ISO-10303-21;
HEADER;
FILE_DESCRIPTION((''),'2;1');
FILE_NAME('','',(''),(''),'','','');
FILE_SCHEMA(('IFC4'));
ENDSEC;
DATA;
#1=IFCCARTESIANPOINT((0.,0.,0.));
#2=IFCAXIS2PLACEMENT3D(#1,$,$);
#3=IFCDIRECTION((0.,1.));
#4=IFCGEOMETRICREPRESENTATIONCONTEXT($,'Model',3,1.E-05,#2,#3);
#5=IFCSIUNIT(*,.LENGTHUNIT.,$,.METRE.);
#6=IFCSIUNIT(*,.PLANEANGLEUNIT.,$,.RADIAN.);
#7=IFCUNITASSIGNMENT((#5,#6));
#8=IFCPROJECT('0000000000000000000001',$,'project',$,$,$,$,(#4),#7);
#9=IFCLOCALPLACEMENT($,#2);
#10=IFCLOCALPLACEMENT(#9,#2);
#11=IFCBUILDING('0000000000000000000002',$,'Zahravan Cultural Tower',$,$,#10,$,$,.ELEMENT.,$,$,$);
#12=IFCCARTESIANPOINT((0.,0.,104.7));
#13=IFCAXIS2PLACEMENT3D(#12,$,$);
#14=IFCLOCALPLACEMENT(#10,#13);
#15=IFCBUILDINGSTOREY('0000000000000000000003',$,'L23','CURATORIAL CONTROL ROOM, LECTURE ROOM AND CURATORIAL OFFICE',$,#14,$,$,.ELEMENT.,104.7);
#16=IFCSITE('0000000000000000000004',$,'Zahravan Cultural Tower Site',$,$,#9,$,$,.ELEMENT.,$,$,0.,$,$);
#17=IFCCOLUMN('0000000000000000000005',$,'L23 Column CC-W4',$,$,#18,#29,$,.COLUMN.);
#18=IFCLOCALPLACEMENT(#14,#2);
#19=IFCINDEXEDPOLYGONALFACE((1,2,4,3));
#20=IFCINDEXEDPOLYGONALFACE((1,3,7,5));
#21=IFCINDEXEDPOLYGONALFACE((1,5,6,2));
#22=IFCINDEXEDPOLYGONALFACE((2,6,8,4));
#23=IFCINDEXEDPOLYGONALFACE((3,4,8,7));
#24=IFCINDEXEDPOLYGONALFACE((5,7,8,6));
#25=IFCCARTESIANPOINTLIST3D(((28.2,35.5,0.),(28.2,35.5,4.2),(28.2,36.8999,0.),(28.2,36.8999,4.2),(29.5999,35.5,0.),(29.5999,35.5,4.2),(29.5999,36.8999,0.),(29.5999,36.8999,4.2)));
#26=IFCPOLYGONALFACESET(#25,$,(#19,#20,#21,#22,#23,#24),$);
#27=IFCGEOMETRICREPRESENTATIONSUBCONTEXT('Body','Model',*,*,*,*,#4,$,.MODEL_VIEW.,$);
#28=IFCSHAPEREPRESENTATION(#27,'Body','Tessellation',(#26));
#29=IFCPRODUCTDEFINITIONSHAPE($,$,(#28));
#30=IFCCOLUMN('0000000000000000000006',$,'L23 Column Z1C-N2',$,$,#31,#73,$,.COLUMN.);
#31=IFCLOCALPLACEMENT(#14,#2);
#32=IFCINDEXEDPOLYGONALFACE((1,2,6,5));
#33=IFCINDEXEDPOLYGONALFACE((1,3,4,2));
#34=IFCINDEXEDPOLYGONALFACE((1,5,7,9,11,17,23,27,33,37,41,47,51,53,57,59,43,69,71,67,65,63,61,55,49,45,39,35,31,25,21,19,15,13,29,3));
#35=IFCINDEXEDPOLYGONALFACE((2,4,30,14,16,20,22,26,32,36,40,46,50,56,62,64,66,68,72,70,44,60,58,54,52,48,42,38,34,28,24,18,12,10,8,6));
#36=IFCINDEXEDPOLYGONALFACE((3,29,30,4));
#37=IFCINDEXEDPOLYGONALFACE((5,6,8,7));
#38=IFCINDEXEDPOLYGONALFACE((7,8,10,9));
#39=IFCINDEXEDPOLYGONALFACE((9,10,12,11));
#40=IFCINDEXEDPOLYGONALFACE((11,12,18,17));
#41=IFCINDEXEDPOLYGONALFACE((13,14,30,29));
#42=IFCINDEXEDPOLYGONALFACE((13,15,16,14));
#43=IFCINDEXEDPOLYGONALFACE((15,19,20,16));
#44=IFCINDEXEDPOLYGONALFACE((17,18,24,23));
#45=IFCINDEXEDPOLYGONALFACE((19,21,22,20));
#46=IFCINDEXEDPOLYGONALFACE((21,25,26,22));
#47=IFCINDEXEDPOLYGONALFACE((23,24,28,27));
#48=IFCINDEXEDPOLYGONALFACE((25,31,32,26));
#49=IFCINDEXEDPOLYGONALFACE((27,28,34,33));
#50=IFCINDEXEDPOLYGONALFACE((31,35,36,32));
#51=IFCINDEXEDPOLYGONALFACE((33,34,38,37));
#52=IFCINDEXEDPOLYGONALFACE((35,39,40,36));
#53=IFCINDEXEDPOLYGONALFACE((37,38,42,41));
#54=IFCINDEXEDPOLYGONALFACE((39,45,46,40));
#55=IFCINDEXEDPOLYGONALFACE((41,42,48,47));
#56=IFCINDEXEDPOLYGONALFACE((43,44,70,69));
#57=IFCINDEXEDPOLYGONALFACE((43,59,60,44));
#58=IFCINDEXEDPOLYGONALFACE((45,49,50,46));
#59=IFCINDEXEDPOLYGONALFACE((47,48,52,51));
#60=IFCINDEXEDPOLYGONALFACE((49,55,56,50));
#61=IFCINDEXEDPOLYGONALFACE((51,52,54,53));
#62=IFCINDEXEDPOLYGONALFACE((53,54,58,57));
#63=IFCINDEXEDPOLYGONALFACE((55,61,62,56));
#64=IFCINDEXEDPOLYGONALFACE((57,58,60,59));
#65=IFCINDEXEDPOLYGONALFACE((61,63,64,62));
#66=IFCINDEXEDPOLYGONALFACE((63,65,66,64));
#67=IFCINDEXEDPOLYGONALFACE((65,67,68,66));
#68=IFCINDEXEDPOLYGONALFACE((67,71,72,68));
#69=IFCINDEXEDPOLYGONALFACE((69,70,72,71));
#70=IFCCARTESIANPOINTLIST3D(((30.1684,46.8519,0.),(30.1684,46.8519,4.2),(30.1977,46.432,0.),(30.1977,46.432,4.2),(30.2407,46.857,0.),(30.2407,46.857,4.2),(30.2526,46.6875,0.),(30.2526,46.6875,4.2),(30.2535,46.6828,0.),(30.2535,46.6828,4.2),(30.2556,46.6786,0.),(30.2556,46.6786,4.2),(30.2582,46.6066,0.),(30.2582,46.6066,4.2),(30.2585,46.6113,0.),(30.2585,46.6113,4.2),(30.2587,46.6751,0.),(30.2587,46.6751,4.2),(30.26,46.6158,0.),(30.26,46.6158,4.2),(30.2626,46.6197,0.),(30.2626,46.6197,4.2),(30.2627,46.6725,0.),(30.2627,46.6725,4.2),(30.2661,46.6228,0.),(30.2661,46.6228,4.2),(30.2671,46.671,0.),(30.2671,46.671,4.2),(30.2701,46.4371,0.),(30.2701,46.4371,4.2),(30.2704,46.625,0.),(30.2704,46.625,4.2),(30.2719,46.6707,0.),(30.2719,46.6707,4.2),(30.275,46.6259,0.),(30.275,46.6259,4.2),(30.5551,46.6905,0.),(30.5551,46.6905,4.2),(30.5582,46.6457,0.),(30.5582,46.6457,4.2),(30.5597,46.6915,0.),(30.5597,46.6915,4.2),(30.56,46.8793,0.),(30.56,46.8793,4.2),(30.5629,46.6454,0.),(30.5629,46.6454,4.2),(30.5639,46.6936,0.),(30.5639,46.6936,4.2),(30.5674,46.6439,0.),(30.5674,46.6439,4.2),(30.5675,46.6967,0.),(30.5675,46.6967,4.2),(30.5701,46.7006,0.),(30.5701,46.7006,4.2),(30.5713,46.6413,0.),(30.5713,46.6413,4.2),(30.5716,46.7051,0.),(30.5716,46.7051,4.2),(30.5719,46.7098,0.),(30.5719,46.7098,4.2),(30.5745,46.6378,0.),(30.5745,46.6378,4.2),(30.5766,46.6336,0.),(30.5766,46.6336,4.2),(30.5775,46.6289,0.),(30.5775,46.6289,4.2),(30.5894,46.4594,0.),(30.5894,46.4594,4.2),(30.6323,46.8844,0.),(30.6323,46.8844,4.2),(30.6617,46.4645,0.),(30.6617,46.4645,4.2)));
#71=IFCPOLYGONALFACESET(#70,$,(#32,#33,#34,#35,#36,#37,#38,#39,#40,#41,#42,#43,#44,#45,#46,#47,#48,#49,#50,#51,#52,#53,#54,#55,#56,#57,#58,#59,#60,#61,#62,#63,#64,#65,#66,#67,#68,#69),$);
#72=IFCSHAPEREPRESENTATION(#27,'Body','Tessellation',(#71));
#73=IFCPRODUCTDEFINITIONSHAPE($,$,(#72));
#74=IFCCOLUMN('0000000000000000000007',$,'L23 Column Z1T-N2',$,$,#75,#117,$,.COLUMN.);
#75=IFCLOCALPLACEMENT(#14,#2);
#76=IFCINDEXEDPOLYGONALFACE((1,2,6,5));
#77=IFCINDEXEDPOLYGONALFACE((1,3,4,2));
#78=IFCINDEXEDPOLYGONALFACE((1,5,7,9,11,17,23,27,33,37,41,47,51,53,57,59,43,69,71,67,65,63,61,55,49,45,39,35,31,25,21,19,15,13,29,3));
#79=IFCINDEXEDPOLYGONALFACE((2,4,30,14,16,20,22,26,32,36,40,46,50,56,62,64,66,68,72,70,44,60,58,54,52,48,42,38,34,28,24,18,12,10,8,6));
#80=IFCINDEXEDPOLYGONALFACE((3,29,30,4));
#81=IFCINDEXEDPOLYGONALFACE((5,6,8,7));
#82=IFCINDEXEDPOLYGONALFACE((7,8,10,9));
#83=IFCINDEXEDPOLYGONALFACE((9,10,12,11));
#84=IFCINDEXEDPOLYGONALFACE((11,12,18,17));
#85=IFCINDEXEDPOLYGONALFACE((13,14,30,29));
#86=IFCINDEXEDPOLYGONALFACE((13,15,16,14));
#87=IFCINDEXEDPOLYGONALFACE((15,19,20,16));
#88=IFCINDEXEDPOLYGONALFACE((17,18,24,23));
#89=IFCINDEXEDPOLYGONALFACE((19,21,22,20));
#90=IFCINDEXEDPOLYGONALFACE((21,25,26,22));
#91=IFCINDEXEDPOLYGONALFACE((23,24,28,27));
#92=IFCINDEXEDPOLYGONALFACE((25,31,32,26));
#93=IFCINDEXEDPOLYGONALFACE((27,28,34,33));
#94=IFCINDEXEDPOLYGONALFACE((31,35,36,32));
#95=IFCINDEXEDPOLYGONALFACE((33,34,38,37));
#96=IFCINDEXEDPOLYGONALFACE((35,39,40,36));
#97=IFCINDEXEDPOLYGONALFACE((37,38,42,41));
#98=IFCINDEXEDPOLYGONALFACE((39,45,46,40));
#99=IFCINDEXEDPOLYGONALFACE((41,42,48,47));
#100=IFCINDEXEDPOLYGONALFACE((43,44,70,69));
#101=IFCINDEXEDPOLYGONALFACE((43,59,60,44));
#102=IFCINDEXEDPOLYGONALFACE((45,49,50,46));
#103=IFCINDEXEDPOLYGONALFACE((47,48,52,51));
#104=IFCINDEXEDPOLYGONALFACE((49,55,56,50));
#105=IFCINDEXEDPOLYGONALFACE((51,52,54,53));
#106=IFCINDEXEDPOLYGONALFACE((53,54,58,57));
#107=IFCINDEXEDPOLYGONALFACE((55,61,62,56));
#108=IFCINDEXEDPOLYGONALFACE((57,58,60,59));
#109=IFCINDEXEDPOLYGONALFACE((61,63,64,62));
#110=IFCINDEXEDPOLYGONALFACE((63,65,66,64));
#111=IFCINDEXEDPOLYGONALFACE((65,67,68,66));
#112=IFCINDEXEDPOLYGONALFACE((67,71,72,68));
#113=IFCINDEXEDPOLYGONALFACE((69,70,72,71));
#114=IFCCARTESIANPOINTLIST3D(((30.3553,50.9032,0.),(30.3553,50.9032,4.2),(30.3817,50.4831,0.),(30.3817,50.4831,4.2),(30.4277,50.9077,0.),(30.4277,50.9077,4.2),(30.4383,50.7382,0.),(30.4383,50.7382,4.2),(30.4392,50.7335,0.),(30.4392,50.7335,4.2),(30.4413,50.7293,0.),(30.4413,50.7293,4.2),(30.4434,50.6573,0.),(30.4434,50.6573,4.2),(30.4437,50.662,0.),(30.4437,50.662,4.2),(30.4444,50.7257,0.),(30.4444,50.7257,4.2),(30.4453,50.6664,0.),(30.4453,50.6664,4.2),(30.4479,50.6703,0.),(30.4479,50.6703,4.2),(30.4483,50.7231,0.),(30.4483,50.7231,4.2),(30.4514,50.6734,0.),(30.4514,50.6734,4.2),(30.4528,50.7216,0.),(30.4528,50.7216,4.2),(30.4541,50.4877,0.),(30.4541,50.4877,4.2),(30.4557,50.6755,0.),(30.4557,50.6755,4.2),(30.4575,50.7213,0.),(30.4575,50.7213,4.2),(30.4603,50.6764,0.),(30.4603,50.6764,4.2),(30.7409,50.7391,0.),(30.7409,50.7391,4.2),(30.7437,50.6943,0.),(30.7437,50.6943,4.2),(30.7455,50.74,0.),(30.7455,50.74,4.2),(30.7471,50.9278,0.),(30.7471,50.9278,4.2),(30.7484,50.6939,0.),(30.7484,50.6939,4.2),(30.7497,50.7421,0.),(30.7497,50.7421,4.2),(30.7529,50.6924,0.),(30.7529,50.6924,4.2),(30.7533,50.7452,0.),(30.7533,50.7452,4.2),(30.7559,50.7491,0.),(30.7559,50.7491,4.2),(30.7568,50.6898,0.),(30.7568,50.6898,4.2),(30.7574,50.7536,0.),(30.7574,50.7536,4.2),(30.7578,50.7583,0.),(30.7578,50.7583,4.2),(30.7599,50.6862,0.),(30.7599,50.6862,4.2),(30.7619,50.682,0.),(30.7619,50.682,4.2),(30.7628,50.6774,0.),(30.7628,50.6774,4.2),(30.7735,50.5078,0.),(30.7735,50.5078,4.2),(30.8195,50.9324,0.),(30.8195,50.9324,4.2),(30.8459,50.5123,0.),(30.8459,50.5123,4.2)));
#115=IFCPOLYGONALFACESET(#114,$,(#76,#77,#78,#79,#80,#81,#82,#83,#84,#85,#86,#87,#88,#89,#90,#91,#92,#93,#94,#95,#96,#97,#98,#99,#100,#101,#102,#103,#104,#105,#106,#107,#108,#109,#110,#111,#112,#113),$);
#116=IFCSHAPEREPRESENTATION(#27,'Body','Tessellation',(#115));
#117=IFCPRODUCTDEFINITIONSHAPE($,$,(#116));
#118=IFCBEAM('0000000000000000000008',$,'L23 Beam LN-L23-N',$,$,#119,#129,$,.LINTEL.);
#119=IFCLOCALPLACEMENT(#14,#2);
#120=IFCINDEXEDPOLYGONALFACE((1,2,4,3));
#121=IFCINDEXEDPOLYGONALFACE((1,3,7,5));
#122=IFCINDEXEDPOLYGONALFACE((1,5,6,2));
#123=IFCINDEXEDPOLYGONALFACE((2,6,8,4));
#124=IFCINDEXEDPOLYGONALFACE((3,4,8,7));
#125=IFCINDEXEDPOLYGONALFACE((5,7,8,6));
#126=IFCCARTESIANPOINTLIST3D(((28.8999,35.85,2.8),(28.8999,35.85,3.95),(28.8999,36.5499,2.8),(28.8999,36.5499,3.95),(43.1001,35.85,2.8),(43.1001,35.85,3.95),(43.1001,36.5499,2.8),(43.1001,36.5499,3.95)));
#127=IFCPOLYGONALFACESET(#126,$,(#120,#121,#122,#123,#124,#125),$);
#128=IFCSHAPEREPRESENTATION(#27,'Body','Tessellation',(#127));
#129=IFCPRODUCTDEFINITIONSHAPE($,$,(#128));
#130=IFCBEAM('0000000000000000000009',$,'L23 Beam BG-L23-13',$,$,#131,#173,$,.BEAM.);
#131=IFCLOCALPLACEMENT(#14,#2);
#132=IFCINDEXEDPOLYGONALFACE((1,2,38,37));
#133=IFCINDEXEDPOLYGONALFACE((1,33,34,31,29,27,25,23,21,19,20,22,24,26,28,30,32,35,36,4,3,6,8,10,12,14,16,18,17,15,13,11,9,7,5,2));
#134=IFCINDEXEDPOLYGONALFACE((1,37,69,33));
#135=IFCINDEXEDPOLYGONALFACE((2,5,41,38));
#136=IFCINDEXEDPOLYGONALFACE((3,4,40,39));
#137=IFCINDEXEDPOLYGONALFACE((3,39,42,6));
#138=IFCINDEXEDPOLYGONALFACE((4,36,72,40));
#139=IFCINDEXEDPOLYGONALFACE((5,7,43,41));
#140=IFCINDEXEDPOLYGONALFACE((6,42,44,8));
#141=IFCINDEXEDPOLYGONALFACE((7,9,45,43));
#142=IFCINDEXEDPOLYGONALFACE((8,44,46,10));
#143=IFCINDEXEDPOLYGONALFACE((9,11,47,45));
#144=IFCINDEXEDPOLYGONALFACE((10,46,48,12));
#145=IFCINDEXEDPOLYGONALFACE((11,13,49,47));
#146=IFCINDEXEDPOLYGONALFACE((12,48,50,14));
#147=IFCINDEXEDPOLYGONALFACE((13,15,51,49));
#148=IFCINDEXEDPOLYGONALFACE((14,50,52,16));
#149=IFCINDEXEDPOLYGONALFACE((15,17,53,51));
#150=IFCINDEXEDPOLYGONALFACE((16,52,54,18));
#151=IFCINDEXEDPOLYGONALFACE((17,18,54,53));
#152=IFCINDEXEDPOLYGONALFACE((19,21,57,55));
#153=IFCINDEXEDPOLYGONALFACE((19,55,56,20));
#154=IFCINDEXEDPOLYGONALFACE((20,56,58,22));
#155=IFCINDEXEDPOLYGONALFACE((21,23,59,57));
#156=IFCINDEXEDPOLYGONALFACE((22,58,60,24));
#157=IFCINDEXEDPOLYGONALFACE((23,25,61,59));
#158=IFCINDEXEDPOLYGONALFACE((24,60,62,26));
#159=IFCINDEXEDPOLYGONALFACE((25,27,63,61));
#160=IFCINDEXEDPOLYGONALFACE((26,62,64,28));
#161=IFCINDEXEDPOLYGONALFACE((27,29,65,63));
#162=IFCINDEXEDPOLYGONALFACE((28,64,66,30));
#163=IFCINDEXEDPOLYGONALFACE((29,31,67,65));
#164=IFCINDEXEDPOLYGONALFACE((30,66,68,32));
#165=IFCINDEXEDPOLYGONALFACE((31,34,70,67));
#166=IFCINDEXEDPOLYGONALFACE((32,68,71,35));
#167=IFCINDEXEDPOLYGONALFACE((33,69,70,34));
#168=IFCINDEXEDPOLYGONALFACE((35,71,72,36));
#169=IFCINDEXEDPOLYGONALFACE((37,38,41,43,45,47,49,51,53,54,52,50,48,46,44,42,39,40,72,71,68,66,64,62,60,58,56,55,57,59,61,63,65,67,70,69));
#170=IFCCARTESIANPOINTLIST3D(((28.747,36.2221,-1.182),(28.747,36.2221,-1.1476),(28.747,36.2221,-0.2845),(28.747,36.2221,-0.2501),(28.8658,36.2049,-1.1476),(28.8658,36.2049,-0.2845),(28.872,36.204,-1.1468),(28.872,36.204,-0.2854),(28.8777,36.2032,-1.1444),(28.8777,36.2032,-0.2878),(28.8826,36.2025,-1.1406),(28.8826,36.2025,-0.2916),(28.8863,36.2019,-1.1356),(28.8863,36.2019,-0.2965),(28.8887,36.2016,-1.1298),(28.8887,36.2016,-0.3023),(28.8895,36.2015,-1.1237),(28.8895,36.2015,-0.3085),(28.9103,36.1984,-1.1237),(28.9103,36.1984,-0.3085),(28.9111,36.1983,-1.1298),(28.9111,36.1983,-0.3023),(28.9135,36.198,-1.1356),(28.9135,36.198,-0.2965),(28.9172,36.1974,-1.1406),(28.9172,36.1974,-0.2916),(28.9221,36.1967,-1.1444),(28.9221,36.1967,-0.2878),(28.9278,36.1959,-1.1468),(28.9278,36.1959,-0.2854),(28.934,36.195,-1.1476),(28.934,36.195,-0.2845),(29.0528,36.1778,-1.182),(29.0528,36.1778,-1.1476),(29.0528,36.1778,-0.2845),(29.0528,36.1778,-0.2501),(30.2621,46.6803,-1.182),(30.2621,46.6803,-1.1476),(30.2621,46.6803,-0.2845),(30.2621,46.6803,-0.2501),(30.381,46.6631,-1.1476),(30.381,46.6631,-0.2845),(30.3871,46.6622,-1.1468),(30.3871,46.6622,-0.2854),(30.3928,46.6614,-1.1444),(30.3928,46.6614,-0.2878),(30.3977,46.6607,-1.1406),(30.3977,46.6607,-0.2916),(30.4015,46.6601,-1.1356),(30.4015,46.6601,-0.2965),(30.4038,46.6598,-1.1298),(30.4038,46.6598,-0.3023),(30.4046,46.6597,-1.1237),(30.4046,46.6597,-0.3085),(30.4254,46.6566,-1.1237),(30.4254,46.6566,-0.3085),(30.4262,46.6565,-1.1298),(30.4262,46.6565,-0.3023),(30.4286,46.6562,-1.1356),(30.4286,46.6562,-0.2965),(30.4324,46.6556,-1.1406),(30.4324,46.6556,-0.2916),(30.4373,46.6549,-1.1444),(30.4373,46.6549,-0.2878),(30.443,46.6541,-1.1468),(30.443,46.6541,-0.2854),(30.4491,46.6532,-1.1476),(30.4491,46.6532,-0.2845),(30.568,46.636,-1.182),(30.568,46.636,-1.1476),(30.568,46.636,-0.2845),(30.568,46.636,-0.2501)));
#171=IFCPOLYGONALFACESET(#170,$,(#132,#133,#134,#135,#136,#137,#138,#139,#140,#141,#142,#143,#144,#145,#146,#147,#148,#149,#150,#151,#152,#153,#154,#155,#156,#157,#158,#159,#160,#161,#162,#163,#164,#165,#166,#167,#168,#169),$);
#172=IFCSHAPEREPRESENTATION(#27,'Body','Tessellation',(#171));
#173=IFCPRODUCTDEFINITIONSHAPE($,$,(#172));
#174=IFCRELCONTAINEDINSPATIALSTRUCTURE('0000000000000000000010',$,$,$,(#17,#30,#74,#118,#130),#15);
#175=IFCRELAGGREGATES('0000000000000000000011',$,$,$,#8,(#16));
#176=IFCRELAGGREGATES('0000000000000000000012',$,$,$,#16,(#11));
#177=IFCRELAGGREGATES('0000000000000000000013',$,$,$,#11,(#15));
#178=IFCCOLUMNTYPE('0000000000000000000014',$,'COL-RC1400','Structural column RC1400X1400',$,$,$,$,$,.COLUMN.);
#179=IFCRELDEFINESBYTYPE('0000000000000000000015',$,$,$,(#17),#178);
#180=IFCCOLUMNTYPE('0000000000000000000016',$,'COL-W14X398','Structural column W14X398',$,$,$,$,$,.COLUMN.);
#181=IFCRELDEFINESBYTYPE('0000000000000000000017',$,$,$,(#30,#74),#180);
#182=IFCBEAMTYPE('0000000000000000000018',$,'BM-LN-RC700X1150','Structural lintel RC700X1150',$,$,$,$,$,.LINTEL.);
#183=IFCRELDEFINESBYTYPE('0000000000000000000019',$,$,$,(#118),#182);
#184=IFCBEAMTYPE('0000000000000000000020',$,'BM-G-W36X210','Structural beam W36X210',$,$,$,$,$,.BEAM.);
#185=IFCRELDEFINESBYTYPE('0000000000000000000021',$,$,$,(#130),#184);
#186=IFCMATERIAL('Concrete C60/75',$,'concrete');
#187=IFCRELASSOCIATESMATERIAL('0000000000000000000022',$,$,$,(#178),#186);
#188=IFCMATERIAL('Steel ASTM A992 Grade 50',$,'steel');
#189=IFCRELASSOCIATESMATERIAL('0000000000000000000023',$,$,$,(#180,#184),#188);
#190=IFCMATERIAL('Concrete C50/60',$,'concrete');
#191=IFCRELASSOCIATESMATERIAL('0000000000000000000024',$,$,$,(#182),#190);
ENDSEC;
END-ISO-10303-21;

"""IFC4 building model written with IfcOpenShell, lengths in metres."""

from ifc_helpers import new_model, si_unit, direction, frame, origin, origin_2d, place, context, subcontext, project, spatial, rectangle, i_section, extrude, source, transform, mapped, material, material_profile, profile_set, type_object, element, save


model = new_model("IFC4")

# Units and contexts
model_context = context("Model", 3, precision=1e-05, world=origin(), true_north=direction((0.0, 1.0)))
body_context = subcontext(model_context, "Body", "Model", "MODEL_VIEW")
ifc_project = project(units=[si_unit("LENGTHUNIT", "METRE"), si_unit("PLANEANGLEUNIT", "RADIAN")], contexts=[model_context])

# Site, building, storey
site_placement = place(None, origin())
site = spatial("IfcSite", under=ifc_project, at=site_placement, Name="Zahravan Cultural Tower Site", CompositionType="ELEMENT", RefElevation=0.0)
building_placement = place(site_placement, origin())
building = spatial("IfcBuilding", under=site, at=building_placement, Name="Zahravan Cultural Tower", CompositionType="ELEMENT")
storey_placement = place(building_placement, frame((0.0, 0.0, 104.7)))
storey = spatial("IfcBuildingStorey", under=building, at=storey_placement, Name="L23", Description="CURATORIAL CONTROL ROOM, LECTURE ROOM AND CURATORIAL OFFICE", CompositionType="ELEMENT", Elevation=104.7)

# Columns
ifc_material_1 = material(Name="Concrete C60/75", Category="concrete")
ifc_material_profile_1 = material_profile(ifc_material_1, rectangle(XDim=1.3999, YDim=1.3999, at=origin_2d()), Name="RC1400X1400")
ifc_profile_set_1 = profile_set([ifc_material_profile_1], Name="Concrete C60/75")
column_type_1 = type_object("IfcColumnType", Name="COL-RC1400", Description="Structural column RC1400X1400", PredefinedType="COLUMN", material=ifc_profile_set_1)
shared_shape_1 = source(origin(), body_context, "Body", "SweptSolid", [
    extrude(rectangle(XDim=1.3999, YDim=1.3999, at=origin_2d()), origin(), (0.0, 0.0, 1.0), 4.2),
])
column_placement = place(storey_placement, frame((28.8999, 36.2, 0.0), z_axis=(0.0, 0.0, 1.0), x_axis=(1.0, 0.0, 0.0)))
element("IfcColumn", 1, at=column_placement, inside=storey, type_object=column_type_1, Name="L23 Column CC-W4", PredefinedType="COLUMN", context=body_context, shape_type="MappedRepresentation", body=[
    mapped(shared_shape_1, transform((0.0, 0.0, 0.0), x_axis=(1.0, 0.0, 0.0), y_axis=(0.0, 1.0, 0.0), z_axis=(0.0, 0.0, 1.0), scale=1.0)),
])
ifc_material_2 = material(Name="Steel ASTM A992 Grade 50", Category="steel")
ifc_material_profile_2 = material_profile(ifc_material_2, i_section(OverallWidth=0.4209, OverallDepth=0.4651, WebThickness=0.0449, FlangeThickness=0.0725, FilletRadius=0.0181, at=origin_2d()), Name="W14X398")
ifc_profile_set_2 = profile_set([ifc_material_profile_2], Name="Steel ASTM A992 Grade 50")
column_type_2 = type_object("IfcColumnType", Name="COL-W14X398", Description="Structural column W14X398", PredefinedType="COLUMN", material=ifc_profile_set_2)
shared_shape_2 = source(origin(), body_context, "Body", "SweptSolid", [
    extrude(i_section(OverallWidth=0.4209, OverallDepth=0.4651, WebThickness=0.0449, FlangeThickness=0.0725, FilletRadius=0.0181, at=origin_2d()), origin(), (0.0, 0.0, 1.0), 4.2),
])
for number, where, z_axis, x_axis, name in (
    (2, (30.415, 46.6582, 0.0), (0.0, 0.0, 1.0), (-0.069756, 0.997564, 0.0), "L23 Column Z1C-N2"),
    (3, (30.6006, 50.7078, 0.0), (0.0, 0.0, 1.0), (-0.062791, 0.998027, 0.0), "L23 Column Z1T-N2"),
):
    element("IfcColumn", number, at=place(storey_placement, frame(where, z_axis=z_axis, x_axis=x_axis)), inside=storey, type_object=column_type_2, Name=name, PredefinedType="COLUMN", context=body_context, shape_type="MappedRepresentation", body=[
        mapped(shared_shape_2, transform((0.0, 0.0, 0.0), x_axis=(1.0, 0.0, 0.0), y_axis=(0.0, 1.0, 0.0), z_axis=(0.0, 0.0, 1.0), scale=1.0)),
    ])

# Beams
ifc_material_3 = material(Name="Concrete C50/60", Category="concrete")
ifc_material_profile_3 = material_profile(ifc_material_3, rectangle(XDim=0.7, YDim=1.1499, at=origin_2d()), Name="RC700X1150")
ifc_profile_set_3 = profile_set([ifc_material_profile_3], Name="Concrete C50/60")
beam_type_1 = type_object("IfcBeamType", Name="BM-LN-RC700X1150", Description="Structural lintel RC700X1150", PredefinedType="LINTEL", material=ifc_profile_set_3)
shared_shape_3 = source(origin(), body_context, "Body", "SweptSolid", [
    extrude(rectangle(XDim=0.7, YDim=1.1499, at=origin_2d()), origin(), (0.0, 0.0, 1.0), 14.2002),
])
beam_1_placement = place(storey_placement, frame((28.8999, 36.2, 3.375), z_axis=(1.0, 0.0, 0.0), x_axis=(0.0, 1.0, 0.0)))
element("IfcBeam", 4, at=beam_1_placement, inside=storey, type_object=beam_type_1, Name="L23 Beam LN-L23-N", PredefinedType="LINTEL", context=body_context, shape_type="MappedRepresentation", body=[
    mapped(shared_shape_3, transform((0.0, 0.0, 0.0), x_axis=(1.0, 0.0, 0.0), y_axis=(0.0, 1.0, 0.0), z_axis=(0.0, 0.0, 1.0), scale=1.0)),
])
ifc_material_profile_4 = material_profile(ifc_material_2, i_section(OverallWidth=0.3091, OverallDepth=0.9319, WebThickness=0.021, FlangeThickness=0.0344, FilletRadius=0.0239, at=origin_2d()), Name="W36X210")
ifc_profile_set_4 = profile_set([ifc_material_profile_4], Name="Steel ASTM A992 Grade 50")
beam_type_2 = type_object("IfcBeamType", Name="BM-G-W36X210", Description="Structural beam W36X210", PredefinedType="BEAM", material=ifc_profile_set_4)
shared_shape_4 = source(origin(), body_context, "Body", "SweptSolid", [
    extrude(i_section(OverallWidth=0.3091, OverallDepth=0.9319, WebThickness=0.021, FlangeThickness=0.0344, FilletRadius=0.0239, at=origin_2d()), origin(), (0.0, 0.0, 1.0), 10.5674),
])
beam_2_placement = place(storey_placement, frame((28.8999, 36.2, -0.7161), z_axis=(0.143378, 0.989668, 0.0), x_axis=(-0.989668, 0.143378, 0.0)))
element("IfcBeam", 5, at=beam_2_placement, inside=storey, type_object=beam_type_2, Name="L23 Beam BG-L23-13", PredefinedType="BEAM", context=body_context, shape_type="MappedRepresentation", body=[
    mapped(shared_shape_4, transform((0.0, 0.0, 0.0), x_axis=(1.0, 0.0, 0.0), y_axis=(0.0, 1.0, 0.0), z_axis=(0.0, 0.0, 1.0), scale=1.0)),
])

save(model, "model.ifc")
